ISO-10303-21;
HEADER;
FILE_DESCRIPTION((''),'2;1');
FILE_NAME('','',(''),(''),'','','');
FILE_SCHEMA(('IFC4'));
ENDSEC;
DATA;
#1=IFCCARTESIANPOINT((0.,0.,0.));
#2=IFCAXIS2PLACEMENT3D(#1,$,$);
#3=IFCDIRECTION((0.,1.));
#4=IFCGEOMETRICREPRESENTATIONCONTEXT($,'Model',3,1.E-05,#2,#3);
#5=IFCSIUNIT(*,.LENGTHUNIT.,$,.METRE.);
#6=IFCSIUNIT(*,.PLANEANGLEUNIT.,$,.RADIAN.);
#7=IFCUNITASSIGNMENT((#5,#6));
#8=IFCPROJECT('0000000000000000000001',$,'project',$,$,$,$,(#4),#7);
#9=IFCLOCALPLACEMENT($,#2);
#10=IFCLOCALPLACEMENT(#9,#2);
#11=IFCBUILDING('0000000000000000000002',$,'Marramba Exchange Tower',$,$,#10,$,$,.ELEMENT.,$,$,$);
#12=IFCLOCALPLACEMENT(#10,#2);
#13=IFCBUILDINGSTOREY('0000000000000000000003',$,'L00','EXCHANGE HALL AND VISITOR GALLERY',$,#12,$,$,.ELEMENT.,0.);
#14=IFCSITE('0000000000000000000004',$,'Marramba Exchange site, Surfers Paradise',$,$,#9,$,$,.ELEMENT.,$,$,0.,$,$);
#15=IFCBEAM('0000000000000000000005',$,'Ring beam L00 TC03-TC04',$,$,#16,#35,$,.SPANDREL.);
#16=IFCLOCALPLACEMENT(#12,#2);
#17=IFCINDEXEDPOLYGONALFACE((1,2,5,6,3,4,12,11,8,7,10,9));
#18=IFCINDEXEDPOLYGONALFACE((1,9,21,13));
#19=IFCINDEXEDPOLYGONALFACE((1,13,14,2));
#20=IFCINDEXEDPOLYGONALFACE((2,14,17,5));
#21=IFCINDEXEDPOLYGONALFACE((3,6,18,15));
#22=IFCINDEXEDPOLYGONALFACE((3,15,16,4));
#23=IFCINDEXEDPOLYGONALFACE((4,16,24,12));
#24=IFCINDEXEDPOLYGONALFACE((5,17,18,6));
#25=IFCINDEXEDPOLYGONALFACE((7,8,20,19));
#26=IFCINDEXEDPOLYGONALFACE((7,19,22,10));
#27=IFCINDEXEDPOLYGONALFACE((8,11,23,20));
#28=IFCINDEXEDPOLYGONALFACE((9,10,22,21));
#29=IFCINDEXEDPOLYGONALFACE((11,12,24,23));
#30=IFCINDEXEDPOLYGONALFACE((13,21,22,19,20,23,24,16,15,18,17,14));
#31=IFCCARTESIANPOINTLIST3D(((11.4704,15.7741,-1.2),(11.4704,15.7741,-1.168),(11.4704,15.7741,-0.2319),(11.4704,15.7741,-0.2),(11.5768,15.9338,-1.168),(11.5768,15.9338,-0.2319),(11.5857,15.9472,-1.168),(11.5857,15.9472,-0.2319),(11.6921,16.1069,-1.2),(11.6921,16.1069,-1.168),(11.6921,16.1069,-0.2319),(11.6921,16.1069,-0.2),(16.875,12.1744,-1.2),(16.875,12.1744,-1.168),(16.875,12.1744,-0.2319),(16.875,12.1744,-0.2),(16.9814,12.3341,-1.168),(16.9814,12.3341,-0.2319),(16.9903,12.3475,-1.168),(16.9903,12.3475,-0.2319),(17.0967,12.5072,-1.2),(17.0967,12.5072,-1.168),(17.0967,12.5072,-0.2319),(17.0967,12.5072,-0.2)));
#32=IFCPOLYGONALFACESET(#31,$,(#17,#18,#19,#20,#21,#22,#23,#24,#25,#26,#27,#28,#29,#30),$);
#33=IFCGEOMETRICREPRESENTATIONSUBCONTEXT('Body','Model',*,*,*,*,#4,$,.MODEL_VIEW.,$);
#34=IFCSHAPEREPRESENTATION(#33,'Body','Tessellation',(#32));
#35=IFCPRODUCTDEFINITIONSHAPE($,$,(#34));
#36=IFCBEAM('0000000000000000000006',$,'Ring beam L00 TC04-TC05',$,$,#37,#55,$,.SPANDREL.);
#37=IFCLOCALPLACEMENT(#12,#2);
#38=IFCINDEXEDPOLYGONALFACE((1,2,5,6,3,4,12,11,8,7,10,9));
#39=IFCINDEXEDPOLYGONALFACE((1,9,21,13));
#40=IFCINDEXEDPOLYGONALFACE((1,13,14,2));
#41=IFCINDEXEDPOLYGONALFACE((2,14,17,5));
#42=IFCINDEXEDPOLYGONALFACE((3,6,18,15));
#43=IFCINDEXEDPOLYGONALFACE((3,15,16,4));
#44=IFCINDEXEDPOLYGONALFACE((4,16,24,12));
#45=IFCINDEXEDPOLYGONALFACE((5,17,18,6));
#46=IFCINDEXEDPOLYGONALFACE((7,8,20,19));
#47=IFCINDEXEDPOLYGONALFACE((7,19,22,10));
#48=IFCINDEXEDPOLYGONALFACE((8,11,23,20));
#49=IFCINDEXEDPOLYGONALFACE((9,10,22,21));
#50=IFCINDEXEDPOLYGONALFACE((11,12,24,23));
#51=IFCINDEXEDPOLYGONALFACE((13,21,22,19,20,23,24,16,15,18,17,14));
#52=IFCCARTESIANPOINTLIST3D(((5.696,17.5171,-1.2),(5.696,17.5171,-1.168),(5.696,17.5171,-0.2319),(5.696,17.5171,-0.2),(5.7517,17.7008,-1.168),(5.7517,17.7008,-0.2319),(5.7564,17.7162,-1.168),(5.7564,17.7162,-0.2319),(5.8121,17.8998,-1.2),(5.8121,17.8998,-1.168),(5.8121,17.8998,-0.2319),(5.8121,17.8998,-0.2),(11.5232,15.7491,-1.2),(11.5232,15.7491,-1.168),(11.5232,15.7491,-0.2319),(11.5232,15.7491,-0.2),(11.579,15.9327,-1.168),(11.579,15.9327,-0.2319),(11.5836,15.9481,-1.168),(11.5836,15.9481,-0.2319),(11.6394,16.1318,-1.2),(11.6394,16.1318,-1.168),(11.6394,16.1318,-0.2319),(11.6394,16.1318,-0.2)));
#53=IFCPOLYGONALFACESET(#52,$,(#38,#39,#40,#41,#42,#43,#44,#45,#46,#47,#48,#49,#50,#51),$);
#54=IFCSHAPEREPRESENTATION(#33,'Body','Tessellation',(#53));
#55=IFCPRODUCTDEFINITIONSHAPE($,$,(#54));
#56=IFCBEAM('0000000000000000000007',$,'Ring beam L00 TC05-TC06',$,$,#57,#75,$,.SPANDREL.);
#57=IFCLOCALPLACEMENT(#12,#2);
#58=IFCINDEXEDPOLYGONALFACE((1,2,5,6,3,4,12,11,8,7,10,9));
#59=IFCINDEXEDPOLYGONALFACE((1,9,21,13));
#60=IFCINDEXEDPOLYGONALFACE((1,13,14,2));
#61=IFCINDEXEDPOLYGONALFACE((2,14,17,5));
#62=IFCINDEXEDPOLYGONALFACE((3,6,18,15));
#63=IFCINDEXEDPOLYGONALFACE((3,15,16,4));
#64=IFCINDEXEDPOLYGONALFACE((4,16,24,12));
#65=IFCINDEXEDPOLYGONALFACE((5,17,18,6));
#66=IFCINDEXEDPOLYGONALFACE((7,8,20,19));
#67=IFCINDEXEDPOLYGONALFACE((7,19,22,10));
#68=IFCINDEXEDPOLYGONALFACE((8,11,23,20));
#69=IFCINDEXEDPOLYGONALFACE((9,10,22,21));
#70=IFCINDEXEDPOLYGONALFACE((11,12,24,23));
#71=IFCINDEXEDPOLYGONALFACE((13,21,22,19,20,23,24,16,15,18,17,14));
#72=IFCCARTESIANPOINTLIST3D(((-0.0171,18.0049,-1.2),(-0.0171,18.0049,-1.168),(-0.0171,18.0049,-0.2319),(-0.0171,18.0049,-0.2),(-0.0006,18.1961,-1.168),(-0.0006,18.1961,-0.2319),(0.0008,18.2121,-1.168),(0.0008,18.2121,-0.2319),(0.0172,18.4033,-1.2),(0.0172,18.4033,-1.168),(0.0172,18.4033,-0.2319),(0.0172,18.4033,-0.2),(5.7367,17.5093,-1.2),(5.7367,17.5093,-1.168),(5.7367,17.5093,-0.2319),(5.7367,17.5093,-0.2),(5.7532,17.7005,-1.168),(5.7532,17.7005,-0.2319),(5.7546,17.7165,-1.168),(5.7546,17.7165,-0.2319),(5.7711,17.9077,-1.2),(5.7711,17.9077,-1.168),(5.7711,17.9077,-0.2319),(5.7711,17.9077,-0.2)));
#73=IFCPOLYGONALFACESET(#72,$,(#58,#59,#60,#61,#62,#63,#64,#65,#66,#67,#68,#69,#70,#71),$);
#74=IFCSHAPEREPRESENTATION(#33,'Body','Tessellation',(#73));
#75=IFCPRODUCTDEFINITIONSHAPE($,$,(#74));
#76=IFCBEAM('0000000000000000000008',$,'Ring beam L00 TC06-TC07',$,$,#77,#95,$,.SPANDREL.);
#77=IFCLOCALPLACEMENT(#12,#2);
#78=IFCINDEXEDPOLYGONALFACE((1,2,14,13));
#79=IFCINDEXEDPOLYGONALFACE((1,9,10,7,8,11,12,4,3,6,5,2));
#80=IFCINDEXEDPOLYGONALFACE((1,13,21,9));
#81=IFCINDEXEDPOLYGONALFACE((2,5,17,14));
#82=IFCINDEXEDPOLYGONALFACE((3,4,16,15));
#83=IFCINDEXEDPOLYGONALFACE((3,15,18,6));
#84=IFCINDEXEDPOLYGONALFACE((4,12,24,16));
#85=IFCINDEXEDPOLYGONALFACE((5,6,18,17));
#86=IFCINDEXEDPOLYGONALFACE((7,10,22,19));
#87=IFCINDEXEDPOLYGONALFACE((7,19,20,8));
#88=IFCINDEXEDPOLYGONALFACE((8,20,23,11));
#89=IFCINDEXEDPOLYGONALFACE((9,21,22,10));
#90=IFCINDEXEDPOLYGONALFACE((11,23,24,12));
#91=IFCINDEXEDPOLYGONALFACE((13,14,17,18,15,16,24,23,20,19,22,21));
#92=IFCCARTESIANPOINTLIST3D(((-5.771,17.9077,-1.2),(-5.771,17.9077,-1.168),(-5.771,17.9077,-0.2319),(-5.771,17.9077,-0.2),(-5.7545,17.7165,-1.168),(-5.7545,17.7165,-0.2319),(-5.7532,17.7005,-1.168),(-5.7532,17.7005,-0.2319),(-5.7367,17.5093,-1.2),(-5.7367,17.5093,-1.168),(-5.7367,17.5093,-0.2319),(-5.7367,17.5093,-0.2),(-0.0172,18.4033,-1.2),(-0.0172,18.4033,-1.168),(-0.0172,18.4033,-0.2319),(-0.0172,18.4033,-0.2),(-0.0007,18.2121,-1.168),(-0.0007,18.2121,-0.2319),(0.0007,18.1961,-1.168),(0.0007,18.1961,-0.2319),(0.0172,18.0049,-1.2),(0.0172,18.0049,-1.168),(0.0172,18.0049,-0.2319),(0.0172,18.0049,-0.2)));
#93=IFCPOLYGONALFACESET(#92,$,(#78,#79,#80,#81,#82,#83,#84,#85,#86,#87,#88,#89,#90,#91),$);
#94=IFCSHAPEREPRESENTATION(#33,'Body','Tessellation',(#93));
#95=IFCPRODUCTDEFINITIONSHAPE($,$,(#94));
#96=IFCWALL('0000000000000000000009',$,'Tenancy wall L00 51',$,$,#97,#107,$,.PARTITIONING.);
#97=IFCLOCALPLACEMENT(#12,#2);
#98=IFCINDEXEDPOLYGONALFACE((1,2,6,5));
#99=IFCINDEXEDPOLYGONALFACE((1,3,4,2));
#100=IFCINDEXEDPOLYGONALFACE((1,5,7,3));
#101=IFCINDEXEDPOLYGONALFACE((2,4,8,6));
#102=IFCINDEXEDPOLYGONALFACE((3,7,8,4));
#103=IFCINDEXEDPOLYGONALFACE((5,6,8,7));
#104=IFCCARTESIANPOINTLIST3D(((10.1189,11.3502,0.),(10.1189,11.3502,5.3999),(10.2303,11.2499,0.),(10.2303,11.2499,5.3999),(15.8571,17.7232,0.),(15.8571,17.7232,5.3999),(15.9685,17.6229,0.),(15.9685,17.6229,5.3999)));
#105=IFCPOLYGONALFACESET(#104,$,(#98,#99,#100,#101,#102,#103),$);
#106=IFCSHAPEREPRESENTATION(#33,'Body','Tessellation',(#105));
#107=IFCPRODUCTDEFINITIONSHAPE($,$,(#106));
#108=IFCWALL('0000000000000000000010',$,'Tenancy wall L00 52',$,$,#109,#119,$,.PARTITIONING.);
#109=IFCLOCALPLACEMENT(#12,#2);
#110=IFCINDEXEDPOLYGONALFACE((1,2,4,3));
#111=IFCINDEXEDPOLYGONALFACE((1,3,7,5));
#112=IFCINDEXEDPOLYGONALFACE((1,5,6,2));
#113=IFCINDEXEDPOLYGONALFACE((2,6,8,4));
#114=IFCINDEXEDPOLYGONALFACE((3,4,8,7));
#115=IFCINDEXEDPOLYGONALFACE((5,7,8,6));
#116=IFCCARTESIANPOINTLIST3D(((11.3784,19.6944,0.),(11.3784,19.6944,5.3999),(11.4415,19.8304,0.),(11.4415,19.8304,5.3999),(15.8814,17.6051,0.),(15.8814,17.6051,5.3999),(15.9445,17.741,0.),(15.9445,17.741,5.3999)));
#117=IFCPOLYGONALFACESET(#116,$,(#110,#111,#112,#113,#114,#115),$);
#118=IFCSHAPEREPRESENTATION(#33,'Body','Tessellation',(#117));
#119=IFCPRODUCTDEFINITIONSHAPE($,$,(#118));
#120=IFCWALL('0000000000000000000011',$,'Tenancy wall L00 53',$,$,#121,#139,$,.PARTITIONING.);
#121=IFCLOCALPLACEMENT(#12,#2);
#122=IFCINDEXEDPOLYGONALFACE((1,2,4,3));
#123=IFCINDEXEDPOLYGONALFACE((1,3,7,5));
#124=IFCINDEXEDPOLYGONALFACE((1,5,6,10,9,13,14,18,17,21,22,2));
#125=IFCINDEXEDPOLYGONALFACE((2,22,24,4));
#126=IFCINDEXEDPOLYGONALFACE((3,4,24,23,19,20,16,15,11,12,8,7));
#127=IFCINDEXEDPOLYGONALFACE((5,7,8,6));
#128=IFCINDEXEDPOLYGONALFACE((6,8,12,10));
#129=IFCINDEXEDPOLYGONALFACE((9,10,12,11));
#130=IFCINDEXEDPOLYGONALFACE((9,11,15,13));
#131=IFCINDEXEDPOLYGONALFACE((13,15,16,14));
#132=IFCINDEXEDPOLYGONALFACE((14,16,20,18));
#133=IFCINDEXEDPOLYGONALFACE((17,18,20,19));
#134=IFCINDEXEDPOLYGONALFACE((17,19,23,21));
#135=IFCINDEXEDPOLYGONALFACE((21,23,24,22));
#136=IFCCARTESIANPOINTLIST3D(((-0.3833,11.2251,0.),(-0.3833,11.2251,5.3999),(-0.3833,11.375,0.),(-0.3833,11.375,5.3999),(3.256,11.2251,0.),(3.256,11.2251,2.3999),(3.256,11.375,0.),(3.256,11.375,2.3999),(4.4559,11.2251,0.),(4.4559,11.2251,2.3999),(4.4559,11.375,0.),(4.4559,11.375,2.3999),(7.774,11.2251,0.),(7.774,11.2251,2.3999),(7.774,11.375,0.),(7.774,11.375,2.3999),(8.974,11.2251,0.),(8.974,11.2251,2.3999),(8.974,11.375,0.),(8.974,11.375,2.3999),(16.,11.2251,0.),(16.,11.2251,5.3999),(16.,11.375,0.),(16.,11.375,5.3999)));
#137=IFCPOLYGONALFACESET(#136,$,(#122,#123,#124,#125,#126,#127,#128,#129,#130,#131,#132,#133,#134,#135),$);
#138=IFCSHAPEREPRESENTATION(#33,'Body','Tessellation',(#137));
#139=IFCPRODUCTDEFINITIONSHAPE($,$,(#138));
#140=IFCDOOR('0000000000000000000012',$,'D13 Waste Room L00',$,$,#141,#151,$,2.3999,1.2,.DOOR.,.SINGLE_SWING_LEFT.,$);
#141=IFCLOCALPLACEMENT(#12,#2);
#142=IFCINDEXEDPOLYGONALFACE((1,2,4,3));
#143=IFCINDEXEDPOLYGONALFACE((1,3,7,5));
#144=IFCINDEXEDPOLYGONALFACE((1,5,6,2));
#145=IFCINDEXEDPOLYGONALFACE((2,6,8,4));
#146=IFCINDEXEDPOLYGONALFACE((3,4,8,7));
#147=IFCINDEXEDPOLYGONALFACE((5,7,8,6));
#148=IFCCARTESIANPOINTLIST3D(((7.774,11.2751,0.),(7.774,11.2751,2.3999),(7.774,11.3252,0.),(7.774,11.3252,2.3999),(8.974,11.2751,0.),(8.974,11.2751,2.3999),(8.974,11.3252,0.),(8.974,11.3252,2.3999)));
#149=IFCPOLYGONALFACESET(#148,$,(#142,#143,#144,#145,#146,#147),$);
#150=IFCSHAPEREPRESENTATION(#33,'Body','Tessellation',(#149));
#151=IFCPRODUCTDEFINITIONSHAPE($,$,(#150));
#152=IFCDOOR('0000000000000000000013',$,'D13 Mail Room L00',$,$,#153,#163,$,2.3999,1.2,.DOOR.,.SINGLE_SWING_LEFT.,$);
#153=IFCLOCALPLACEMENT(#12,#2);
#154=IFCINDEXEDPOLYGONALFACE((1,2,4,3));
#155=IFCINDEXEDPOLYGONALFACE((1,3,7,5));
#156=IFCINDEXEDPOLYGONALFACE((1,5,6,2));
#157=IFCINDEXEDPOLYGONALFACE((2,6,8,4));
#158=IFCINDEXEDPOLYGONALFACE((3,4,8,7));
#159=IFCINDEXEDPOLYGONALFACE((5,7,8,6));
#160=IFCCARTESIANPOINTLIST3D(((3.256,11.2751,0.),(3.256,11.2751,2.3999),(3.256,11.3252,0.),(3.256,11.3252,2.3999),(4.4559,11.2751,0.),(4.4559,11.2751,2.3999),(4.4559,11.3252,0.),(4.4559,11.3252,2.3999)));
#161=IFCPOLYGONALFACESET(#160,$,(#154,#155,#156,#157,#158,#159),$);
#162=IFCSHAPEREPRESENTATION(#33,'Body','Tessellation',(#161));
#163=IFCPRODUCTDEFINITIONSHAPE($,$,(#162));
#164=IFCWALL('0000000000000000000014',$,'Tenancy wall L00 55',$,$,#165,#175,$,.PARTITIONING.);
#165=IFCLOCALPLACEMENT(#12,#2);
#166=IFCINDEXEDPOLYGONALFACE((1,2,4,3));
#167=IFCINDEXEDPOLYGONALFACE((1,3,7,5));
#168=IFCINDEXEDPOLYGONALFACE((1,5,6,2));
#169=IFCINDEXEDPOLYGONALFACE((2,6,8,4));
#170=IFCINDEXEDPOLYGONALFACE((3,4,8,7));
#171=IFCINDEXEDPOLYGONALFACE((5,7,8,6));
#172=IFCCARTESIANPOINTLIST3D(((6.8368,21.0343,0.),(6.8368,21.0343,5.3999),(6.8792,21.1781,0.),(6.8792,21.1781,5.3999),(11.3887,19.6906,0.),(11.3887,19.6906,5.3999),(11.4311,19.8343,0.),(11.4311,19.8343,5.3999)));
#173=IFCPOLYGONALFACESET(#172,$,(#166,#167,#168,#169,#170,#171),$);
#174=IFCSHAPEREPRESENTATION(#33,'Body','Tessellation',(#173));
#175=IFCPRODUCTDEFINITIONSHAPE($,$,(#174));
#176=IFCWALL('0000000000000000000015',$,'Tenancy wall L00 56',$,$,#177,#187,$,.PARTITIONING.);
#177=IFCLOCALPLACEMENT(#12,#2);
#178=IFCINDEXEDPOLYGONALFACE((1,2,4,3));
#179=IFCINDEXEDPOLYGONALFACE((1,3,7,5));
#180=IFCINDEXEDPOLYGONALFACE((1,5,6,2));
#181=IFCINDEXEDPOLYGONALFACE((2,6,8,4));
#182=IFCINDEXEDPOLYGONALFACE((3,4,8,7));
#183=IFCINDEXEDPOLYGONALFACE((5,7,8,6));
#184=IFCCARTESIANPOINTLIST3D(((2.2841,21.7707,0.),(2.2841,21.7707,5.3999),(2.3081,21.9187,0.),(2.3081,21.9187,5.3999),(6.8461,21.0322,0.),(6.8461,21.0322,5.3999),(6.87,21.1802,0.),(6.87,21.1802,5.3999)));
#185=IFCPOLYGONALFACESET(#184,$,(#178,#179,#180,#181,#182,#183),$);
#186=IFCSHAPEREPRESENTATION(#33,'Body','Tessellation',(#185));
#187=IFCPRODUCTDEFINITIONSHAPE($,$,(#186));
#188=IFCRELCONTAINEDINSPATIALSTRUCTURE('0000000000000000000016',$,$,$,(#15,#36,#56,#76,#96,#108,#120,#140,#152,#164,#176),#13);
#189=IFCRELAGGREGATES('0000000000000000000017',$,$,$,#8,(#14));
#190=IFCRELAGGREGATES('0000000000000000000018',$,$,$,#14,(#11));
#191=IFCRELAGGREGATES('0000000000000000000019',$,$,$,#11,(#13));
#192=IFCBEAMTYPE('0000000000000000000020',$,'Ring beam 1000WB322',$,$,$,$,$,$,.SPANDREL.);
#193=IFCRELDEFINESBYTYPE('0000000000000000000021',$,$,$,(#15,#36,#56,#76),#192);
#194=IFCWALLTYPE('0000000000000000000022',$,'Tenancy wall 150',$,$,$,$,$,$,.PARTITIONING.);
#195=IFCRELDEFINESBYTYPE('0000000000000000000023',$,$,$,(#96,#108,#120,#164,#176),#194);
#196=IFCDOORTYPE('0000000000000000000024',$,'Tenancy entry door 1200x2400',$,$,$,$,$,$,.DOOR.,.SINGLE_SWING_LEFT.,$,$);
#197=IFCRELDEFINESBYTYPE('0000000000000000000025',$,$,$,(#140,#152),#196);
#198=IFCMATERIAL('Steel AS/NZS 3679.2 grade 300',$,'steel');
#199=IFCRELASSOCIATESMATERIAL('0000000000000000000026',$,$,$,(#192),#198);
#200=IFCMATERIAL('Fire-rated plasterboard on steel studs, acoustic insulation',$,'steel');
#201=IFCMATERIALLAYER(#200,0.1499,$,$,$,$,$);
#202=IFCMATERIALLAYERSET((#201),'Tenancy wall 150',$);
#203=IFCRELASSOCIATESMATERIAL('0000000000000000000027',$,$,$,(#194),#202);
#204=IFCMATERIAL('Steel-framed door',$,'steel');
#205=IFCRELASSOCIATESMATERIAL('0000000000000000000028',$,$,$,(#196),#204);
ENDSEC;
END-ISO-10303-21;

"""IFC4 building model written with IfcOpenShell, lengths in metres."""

from ifc_helpers import new_model, si_unit, direction, frame, frame_2d, origin, origin_2d, place, context, subcontext, project, spatial, rectangle, i_section, extrude, material, layer, layer_set, material_profile, profile_set, type_object, element, fill, save


model = new_model("IFC4")

# Units and contexts
model_context = context("Model", 3, precision=1e-05, world=origin(), true_north=direction((0.0, 1.0)))
body_context = subcontext(model_context, "Body", "Model", "MODEL_VIEW")
ifc_project = project(units=[si_unit("LENGTHUNIT", "METRE"), si_unit("PLANEANGLEUNIT", "RADIAN")], contexts=[model_context])

# Site, building, storey
site_placement = place(None, origin())
site = spatial("IfcSite", under=ifc_project, at=site_placement, Name="Marramba Exchange site, Surfers Paradise", CompositionType="ELEMENT", RefElevation=0.0)
building_placement = place(site_placement, origin())
building = spatial("IfcBuilding", under=site, at=building_placement, Name="Marramba Exchange Tower", CompositionType="ELEMENT")
storey_placement = place(building_placement, origin())
storey = spatial("IfcBuildingStorey", under=building, at=storey_placement, Name="L00", Description="EXCHANGE HALL AND VISITOR GALLERY", CompositionType="ELEMENT", Elevation=0.0)

# Beams
ifc_material_1 = material(Name="Steel AS/NZS 3679.2 grade 300", Category="steel")
ifc_material_profile_1 = material_profile(ifc_material_1, i_section(OverallWidth=0.3999, OverallDepth=1.0, WebThickness=0.0161, FlangeThickness=0.032, at=origin_2d()), Name="1000WB322")
ifc_profile_set_1 = profile_set([ifc_material_profile_1], Name="Steel AS/NZS 3679.2 grade 300")
beam_type_1 = type_object("IfcBeamType", Name="Ring beam 1000WB322", PredefinedType="SPANDREL", material=ifc_profile_set_1)
beam_1_placement = place(storey_placement, frame((16.9858, 12.3408, -0.7), z_axis=(-0.832293, 0.554336, 0.0), x_axis=(-0.554336, -0.832293, 0.0)))
element("IfcBeam", 1, at=beam_1_placement, inside=storey, type_object=beam_type_1, Name="Ring beam L00 TC03-TC04", PredefinedType="SPANDREL", context=body_context, shape_type="SweptSolid", body=[
    extrude(i_section(OverallWidth=0.3999, OverallDepth=1.0, WebThickness=0.0161, FlangeThickness=0.032, at=origin_2d()), origin(), (0.0, 0.0, 1.0), 6.4937),
])
beam_2_placement = place(storey_placement, frame((11.5813, 15.9404, -0.7), z_axis=(-0.956925, 0.290337, 0.0), x_axis=(-0.290337, -0.956925, 0.0)))
element("IfcBeam", 2, at=beam_2_placement, inside=storey, type_object=beam_type_1, Name="Ring beam L00 TC04-TC05", PredefinedType="SPANDREL", context=body_context, shape_type="SweptSolid", body=[
    extrude(i_section(OverallWidth=0.3999, OverallDepth=1.0, WebThickness=0.0161, FlangeThickness=0.032, at=origin_2d()), origin(), (0.0, 0.0, 1.0), 6.0896),
])
for number, where, z_axis, x_axis, name in (
    (3, (5.7539, 17.7085, -0.7), (-0.996311, 0.085816, 0.0), (-0.085816, -0.996311, 0.0), "Ring beam L00 TC05-TC06"),
    (4, (0.0, 18.2041, -0.7), (-0.996311, -0.085816, 0.0), (0.085816, -0.996311, 0.0), "Ring beam L00 TC06-TC07"),
):
    element("IfcBeam", number, at=place(storey_placement, frame(where, z_axis=z_axis, x_axis=x_axis)), inside=storey, type_object=beam_type_1, Name=name, PredefinedType="SPANDREL", context=body_context, shape_type="SweptSolid", body=[
        extrude(i_section(OverallWidth=0.3999, OverallDepth=1.0, WebThickness=0.0161, FlangeThickness=0.032, at=origin_2d()), origin(), (0.0, 0.0, 1.0), 5.7751),
    ])

# Walls
ifc_material_2 = material(Name="Fire-rated plasterboard on steel studs, acoustic insulation", Category="steel")
ifc_layer = layer(ifc_material_2, 0.1499)
ifc_layer_set = layer_set([ifc_layer], Name="Tenancy wall 150")
wall_type = type_object("IfcWallType", Name="Tenancy wall 150", PredefinedType="PARTITIONING", material=ifc_layer_set)
wall_1_placement = place(storey_placement, frame((10.1746, 11.3, 0.0), z_axis=(0.0, 0.0, 1.0), x_axis=(0.669128, 0.743147, 0.0)))
element("IfcWall", 5, at=wall_1_placement, inside=storey, type_object=wall_type, Name="Tenancy wall L00 51", PredefinedType="PARTITIONING", context=body_context, shape_type="SweptSolid", body=[
    extrude(rectangle(XDim=8.5757, YDim=0.1499, at=frame_2d((4.2878, 0.0))), origin(), (0.0, 0.0, 1.0), 5.3999),
])
wall_2_placement = place(storey_placement, frame((15.9128, 17.6731, 0.0), z_axis=(0.0, 0.0, 1.0), x_axis=(-0.907108, 0.420897, 0.0)))
element("IfcWall", 6, at=wall_2_placement, inside=storey, type_object=wall_type, Name="Tenancy wall L00 52", PredefinedType="PARTITIONING", context=body_context, shape_type="SweptSolid", body=[
    extrude(rectangle(XDim=4.9641, YDim=0.1499, at=frame_2d((2.4819, 0.0))), origin(), (0.0, 0.0, 1.0), 5.3999),
])

# Wall, openings, doors
wall_3_placement = place(storey_placement, frame((16.0, 11.3, 0.0), z_axis=(0.0, 0.0, 1.0), x_axis=(-1.0, 0.0, 0.0)))
wall_3 = element("IfcWall", 7, at=wall_3_placement, inside=storey, type_object=wall_type, Name="Tenancy wall L00 53", PredefinedType="PARTITIONING", context=body_context, shape_type="SweptSolid", body=[
    extrude(rectangle(XDim=16.3833, YDim=0.1499, at=frame_2d((8.1917, 0.0))), origin(), (0.0, 0.0, 1.0), 5.3999),
])
opening_1_placement = place(wall_3_placement, frame((7.0259, 0.0, 0.0)))
opening_1 = element("IfcOpeningElement", 8, at=opening_1_placement, cuts=wall_3, PredefinedType="OPENING", context=body_context, shape_type="SweptSolid", body=[
    extrude(rectangle(XDim=1.2, YDim=2.3999, at=frame_2d((0.6001, 1.2))), frame((0.0, 0.085, 0.0), z_axis=(0.0, -1.0, 0.0), x_axis=(1.0, 0.0, 0.0)), (0.0, 0.0, 1.0), 0.1699),
])
opening_2_placement = place(wall_3_placement, frame((11.5439, 0.0, 0.0)))
opening_2 = element("IfcOpeningElement", 9, at=opening_2_placement, cuts=wall_3, PredefinedType="OPENING", context=body_context, shape_type="SweptSolid", body=[
    extrude(rectangle(XDim=1.2, YDim=2.3999, at=frame_2d((0.6001, 1.2))), frame((0.0, 0.085, 0.0), z_axis=(0.0, -1.0, 0.0), x_axis=(1.0, 0.0, 0.0)), (0.0, 0.0, 1.0), 0.1699),
])
ifc_material_3 = material(Name="Steel-framed door", Category="steel")
door_type = type_object("IfcDoorType", Name="Tenancy entry door 1200x2400", OperationType="SINGLE_SWING_LEFT", PredefinedType="DOOR", material=ifc_material_3)
door_1_placement = place(opening_1_placement, frame((1.2, 0.0, 0.0), z_axis=(0.0, 0.0, 1.0), x_axis=(-1.0, 0.0, 0.0)))
door_1 = element("IfcDoor", 10, at=door_1_placement, inside=storey, type_object=door_type, Name="D13 Waste Room L00", OperationType="SINGLE_SWING_LEFT", OverallHeight=2.3999, OverallWidth=1.2, PredefinedType="DOOR", context=body_context, shape_type="SweptSolid", body=[
    extrude(rectangle(XDim=1.2, YDim=2.3999, at=frame_2d((0.5999, 1.2))), frame((0.0, 0.0251, 0.0), z_axis=(0.0, -1.0, 0.0), x_axis=(1.0, 0.0, 0.0)), (0.0, 0.0, 1.0), 0.05),
])
fill(opening_1, door_1)
door_2_placement = place(opening_2_placement, origin())
door_2 = element("IfcDoor", 11, at=door_2_placement, inside=storey, type_object=door_type, Name="D13 Mail Room L00", OperationType="SINGLE_SWING_LEFT", OverallHeight=2.3999, OverallWidth=1.2, PredefinedType="DOOR", context=body_context, shape_type="SweptSolid", body=[
    extrude(rectangle(XDim=1.2, YDim=2.3999, at=frame_2d((0.6001, 1.2))), frame((0.0, 0.0249, 0.0), z_axis=(0.0, -1.0, 0.0), x_axis=(1.0, 0.0, 0.0)), (0.0, 0.0, 1.0), 0.05),
])
fill(opening_2, door_2)

# Walls
wall_4_placement = place(storey_placement, frame((11.4099, 19.7625, 0.0), z_axis=(0.0, 0.0, 1.0), x_axis=(-0.959084, 0.283121, 0.0)))
element("IfcWall", 12, at=wall_4_placement, inside=storey, type_object=wall_type, Name="Tenancy wall L00 55", PredefinedType="PARTITIONING", context=body_context, shape_type="SweptSolid", body=[
    extrude(rectangle(XDim=4.7461, YDim=0.1499, at=frame_2d((2.373, 0.0))), origin(), (0.0, 0.0, 1.0), 5.3999),
])
wall_5_placement = place(storey_placement, frame((6.8579, 21.1062, 0.0), z_axis=(0.0, 0.0, 1.0), x_axis=(-0.987149, 0.159805, 0.0)))
element("IfcWall", 13, at=wall_5_placement, inside=storey, type_object=wall_type, Name="Tenancy wall L00 56", PredefinedType="PARTITIONING", context=body_context, shape_type="SweptSolid", body=[
    extrude(rectangle(XDim=4.6213, YDim=0.1499, at=frame_2d((2.3105, 0.0))), origin(), (0.0, 0.0, 1.0), 5.3999),
])

save(model, "model.ifc")
